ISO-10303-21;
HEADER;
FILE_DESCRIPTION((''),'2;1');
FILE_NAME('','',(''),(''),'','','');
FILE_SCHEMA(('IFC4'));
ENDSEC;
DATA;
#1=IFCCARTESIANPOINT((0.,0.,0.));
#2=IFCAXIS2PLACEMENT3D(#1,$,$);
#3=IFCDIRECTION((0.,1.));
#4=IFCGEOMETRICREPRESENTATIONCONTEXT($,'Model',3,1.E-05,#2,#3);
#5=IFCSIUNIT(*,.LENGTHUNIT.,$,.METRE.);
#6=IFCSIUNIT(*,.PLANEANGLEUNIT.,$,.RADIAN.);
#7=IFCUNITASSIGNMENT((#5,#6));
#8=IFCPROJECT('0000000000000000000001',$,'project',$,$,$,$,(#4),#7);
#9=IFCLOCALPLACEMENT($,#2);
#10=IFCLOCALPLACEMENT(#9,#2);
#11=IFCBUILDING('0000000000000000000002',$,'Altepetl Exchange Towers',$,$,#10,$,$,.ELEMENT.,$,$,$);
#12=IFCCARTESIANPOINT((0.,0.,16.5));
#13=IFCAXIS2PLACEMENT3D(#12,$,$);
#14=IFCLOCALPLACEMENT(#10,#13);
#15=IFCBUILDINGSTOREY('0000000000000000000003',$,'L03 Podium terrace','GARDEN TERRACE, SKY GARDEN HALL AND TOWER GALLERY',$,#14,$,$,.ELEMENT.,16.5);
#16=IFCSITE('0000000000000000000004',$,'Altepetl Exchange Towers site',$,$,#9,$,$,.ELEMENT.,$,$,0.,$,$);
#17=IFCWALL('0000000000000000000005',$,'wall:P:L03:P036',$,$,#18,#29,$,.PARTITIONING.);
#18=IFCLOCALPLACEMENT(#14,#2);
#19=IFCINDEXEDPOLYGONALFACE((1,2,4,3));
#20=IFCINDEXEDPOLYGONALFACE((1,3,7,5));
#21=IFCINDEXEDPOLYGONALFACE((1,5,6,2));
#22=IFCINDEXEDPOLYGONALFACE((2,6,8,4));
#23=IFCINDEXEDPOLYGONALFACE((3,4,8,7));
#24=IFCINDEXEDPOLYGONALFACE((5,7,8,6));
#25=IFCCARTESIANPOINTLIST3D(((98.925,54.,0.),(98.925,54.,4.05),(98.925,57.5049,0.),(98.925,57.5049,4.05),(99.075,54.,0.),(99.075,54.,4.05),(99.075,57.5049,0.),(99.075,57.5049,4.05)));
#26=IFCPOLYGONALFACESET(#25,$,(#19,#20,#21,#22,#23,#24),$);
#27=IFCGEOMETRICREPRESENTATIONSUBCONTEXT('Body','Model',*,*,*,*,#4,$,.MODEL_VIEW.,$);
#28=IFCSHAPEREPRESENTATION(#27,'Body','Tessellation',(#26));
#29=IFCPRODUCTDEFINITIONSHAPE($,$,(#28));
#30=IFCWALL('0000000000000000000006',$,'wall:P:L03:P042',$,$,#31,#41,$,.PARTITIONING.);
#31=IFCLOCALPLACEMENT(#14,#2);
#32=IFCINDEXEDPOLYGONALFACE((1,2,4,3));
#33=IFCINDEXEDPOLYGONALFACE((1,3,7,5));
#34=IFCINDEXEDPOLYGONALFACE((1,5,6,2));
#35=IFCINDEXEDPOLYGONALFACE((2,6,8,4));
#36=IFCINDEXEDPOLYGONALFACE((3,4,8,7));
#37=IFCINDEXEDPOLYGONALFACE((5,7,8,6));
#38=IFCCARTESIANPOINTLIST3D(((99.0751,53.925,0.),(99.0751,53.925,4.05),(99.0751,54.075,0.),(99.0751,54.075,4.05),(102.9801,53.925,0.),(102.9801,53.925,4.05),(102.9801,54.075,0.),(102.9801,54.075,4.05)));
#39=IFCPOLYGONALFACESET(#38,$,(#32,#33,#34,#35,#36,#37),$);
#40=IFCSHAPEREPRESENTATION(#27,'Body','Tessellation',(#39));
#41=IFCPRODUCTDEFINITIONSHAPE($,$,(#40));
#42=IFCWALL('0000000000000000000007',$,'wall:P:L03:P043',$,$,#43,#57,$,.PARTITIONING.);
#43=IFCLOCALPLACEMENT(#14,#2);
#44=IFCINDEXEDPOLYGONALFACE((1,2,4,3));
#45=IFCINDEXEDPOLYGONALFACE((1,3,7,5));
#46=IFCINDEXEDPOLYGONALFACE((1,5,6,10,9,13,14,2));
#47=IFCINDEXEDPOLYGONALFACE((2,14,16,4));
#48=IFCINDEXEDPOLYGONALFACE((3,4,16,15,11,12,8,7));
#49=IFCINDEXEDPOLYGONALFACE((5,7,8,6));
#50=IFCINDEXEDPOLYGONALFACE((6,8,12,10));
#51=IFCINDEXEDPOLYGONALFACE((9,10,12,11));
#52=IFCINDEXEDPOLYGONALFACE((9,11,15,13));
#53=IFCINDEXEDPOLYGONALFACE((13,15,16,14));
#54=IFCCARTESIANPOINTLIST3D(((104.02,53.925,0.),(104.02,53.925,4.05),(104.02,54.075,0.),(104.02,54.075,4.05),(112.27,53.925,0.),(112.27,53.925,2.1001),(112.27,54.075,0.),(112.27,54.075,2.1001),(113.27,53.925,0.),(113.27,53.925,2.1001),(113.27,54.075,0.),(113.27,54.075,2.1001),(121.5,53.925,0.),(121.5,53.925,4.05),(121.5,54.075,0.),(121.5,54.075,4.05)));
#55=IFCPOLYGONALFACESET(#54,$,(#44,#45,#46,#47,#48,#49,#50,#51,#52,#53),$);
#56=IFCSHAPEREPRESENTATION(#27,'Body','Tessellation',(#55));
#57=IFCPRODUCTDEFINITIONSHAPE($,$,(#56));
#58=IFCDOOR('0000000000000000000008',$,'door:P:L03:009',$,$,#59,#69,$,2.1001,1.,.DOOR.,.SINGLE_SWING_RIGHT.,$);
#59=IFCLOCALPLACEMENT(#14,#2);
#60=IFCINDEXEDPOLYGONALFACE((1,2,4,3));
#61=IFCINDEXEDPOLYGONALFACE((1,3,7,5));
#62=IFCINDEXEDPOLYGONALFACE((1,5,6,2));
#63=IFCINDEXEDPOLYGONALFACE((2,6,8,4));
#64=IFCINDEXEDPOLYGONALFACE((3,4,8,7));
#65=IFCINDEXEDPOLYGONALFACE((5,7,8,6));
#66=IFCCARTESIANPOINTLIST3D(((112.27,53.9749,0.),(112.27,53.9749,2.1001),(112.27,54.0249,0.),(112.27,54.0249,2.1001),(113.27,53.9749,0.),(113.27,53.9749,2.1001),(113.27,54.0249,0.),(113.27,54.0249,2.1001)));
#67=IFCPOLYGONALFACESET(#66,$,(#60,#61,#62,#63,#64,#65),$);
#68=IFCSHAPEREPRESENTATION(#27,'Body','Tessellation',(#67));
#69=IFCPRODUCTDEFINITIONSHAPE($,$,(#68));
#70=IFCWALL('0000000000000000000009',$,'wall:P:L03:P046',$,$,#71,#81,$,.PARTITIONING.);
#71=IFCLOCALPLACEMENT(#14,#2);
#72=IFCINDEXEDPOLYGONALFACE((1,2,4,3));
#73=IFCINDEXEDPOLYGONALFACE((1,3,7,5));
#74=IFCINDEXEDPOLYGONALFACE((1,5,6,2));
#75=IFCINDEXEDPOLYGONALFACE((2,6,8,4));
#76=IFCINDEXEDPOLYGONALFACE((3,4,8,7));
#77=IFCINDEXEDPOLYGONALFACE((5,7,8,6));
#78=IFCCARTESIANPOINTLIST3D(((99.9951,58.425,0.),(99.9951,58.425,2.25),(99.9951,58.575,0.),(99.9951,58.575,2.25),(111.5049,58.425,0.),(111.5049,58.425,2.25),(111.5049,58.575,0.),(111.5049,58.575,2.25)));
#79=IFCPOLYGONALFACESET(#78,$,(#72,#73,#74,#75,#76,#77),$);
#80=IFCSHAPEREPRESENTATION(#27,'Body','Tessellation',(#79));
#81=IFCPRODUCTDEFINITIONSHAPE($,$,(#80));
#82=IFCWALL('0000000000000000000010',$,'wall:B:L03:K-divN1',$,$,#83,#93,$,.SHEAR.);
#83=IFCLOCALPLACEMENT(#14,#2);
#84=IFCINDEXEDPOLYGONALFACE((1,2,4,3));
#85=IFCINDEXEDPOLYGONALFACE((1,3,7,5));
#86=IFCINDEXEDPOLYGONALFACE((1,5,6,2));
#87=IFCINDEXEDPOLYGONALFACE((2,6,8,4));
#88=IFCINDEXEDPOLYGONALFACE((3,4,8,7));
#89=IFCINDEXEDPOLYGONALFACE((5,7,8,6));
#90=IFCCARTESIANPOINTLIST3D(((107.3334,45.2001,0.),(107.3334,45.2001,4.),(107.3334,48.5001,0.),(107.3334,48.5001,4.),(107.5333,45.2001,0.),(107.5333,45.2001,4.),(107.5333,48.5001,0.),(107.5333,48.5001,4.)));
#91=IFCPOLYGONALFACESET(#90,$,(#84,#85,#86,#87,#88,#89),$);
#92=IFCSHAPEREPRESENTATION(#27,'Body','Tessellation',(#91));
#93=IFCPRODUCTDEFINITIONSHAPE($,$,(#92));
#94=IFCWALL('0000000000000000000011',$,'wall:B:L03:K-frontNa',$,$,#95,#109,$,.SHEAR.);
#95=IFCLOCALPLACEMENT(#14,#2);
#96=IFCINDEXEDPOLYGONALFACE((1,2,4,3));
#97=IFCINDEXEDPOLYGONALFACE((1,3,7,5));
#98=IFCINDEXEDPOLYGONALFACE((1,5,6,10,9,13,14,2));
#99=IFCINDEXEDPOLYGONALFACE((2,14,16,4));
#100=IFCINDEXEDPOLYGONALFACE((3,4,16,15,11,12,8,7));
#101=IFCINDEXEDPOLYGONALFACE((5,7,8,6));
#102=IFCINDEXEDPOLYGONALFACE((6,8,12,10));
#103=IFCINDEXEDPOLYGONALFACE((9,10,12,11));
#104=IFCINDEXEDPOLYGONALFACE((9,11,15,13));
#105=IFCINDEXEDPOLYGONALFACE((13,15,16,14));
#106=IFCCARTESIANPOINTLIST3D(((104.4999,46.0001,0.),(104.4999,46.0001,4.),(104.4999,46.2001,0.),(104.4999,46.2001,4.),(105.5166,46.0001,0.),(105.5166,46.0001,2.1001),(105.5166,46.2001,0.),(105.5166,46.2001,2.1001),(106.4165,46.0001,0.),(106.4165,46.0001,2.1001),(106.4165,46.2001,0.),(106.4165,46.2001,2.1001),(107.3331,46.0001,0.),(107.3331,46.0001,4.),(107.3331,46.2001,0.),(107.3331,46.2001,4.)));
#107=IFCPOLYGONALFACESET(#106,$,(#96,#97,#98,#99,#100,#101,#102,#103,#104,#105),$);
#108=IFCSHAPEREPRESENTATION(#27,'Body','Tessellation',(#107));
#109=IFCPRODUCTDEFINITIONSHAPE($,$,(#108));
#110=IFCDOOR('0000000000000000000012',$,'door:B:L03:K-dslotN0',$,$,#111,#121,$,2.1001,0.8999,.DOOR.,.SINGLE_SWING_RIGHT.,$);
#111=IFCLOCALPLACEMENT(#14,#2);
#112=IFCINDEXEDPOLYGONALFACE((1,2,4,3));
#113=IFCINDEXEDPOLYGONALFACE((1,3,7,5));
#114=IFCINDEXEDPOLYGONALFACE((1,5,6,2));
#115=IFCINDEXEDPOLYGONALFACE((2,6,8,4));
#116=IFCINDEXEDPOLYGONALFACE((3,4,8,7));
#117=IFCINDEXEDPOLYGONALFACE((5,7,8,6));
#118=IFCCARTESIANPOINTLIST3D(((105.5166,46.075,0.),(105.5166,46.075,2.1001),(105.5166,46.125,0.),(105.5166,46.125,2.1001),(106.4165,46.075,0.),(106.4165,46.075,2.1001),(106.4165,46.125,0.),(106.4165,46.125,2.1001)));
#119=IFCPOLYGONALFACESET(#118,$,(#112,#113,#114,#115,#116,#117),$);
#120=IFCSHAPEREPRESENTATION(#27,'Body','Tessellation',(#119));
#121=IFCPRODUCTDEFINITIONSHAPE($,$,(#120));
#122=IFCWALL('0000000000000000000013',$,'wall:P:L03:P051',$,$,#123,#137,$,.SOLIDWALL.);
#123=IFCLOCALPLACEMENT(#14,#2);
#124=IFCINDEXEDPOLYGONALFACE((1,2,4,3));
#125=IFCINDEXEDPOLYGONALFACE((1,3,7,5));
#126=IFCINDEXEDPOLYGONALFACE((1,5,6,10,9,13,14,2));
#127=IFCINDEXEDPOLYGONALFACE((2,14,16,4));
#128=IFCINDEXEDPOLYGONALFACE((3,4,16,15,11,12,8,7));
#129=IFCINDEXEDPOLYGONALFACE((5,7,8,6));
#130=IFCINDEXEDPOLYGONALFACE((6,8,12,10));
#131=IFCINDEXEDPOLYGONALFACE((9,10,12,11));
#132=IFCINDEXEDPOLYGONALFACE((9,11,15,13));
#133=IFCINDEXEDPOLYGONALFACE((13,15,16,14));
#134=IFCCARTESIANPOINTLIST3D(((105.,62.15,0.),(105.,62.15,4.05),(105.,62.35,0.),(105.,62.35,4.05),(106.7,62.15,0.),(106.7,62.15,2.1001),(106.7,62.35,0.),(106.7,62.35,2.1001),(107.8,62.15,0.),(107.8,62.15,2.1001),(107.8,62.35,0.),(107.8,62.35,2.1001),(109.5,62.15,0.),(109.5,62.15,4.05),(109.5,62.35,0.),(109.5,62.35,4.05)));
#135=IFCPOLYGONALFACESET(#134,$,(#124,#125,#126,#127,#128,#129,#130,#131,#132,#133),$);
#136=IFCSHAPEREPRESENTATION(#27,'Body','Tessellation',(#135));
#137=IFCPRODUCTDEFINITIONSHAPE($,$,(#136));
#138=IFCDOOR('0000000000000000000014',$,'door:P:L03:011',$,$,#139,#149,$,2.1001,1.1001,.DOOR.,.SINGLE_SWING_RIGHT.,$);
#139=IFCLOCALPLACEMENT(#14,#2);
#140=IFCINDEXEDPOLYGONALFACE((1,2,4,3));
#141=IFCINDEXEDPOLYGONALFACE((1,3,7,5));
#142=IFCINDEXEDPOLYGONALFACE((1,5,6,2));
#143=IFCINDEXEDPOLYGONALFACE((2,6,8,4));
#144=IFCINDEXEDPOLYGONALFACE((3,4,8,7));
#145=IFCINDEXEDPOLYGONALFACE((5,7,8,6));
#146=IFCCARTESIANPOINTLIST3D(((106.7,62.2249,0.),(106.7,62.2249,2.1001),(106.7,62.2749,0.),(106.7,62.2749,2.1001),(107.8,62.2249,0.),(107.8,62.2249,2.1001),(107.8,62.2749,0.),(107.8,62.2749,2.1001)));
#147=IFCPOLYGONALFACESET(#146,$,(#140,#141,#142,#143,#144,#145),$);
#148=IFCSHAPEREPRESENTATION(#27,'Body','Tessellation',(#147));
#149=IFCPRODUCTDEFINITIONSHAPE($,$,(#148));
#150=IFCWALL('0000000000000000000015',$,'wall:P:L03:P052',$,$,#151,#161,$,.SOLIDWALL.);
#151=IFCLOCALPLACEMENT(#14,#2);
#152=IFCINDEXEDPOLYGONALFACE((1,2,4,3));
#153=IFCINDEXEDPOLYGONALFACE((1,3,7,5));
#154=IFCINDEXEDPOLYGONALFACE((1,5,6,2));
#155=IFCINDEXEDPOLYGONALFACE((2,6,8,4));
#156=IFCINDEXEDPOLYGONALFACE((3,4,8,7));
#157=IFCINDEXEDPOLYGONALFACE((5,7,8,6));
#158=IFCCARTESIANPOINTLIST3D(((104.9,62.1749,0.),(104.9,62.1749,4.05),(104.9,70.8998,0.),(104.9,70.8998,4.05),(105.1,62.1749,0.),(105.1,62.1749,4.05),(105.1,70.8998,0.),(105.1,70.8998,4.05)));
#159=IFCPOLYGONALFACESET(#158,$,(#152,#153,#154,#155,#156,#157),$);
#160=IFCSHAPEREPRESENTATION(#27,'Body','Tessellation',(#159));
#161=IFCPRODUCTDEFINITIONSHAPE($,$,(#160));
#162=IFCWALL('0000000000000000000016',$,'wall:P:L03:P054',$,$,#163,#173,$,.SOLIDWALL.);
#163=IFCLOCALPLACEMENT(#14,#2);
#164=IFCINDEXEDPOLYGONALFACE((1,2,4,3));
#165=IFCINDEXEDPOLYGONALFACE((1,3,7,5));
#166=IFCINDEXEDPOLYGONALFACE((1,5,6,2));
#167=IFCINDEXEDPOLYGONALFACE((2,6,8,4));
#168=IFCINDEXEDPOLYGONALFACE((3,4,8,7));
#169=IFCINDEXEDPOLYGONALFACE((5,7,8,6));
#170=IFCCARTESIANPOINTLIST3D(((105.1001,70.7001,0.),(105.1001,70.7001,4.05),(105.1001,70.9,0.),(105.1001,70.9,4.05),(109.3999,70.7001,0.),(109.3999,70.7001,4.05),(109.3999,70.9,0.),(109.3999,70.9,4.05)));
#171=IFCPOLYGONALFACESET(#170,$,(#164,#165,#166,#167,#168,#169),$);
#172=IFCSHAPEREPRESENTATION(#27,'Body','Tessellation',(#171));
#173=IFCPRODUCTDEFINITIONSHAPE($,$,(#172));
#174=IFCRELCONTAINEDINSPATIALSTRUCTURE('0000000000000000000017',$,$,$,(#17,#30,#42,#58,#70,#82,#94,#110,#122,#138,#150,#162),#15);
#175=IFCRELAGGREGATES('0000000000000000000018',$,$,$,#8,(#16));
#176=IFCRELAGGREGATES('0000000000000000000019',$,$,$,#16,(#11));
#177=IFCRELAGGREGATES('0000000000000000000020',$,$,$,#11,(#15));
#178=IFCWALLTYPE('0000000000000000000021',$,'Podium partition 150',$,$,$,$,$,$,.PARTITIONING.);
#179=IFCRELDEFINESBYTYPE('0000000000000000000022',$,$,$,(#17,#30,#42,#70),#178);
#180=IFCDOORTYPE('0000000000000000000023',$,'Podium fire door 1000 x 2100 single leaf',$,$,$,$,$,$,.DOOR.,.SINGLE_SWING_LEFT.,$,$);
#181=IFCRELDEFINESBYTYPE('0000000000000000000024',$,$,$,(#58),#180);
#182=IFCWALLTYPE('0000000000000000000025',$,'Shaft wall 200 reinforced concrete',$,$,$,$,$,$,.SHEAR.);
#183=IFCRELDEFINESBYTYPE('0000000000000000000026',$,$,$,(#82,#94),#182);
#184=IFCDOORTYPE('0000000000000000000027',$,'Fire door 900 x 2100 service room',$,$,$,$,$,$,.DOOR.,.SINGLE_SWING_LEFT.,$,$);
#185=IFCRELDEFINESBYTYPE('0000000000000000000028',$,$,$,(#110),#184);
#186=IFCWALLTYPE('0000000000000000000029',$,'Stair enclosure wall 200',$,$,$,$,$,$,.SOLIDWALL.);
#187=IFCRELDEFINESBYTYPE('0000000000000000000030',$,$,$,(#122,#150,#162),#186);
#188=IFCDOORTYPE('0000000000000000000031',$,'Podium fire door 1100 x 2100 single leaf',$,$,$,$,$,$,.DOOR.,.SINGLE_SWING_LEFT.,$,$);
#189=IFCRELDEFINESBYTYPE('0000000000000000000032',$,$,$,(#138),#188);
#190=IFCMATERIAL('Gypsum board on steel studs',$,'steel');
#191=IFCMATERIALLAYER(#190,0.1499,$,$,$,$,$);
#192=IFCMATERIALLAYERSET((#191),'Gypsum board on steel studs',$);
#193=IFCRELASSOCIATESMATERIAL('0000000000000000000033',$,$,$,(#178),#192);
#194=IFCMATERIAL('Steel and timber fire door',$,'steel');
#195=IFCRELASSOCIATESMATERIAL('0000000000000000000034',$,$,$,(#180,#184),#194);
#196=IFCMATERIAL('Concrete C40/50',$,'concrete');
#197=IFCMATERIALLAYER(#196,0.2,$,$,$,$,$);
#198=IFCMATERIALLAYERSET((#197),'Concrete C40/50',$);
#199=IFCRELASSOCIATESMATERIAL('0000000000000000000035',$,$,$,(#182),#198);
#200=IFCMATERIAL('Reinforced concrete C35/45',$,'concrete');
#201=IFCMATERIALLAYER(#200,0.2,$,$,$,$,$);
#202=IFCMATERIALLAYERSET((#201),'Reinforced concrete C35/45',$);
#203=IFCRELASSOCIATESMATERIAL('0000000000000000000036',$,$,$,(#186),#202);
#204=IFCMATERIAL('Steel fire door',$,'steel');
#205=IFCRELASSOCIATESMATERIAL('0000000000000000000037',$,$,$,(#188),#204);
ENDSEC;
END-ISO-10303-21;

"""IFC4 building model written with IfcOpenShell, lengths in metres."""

from ifc_helpers import new_model, si_unit, direction, frame, frame_2d, origin, place, context, subcontext, project, spatial, rectangle, extrude, material, layer, layer_set, type_object, element, fill, save


model = new_model("IFC4")

# Units and contexts
model_context = context("Model", 3, precision=1e-05, world=origin(), true_north=direction((0.0, 1.0)))
body_context = subcontext(model_context, "Body", "Model", "MODEL_VIEW")
ifc_project = project(units=[si_unit("LENGTHUNIT", "METRE"), si_unit("PLANEANGLEUNIT", "RADIAN")], contexts=[model_context])

# Site, building, storey
site_placement = place(None, origin())
site = spatial("IfcSite", under=ifc_project, at=site_placement, Name="Altepetl Exchange Towers site", CompositionType="ELEMENT", RefElevation=0.0)
building_placement = place(site_placement, origin())
building = spatial("IfcBuilding", under=site, at=building_placement, Name="Altepetl Exchange Towers", CompositionType="ELEMENT")
storey_placement = place(building_placement, frame((0.0, 0.0, 16.5)))
storey = spatial("IfcBuildingStorey", under=building, at=storey_placement, Name="L03 Podium terrace", Description="GARDEN TERRACE, SKY GARDEN HALL AND TOWER GALLERY", CompositionType="ELEMENT", Elevation=16.5)

# Shared definitions
ifc_material_1 = material(Name="Reinforced concrete C35/45", Category="concrete")

# Walls
ifc_material_2 = material(Name="Gypsum board on steel studs", Category="steel")
ifc_layer_1 = layer(ifc_material_2, 0.1499)
ifc_layer_set_1 = layer_set([ifc_layer_1], Name="Gypsum board on steel studs")
wall_type_1 = type_object("IfcWallType", Name="Podium partition 150", PredefinedType="PARTITIONING", material=ifc_layer_set_1)
wall_1_placement = place(storey_placement, frame((99.0, 54.0, 0.0), z_axis=(0.0, 0.0, 1.0), x_axis=(0.0, 1.0, 0.0)))
element("IfcWall", 1, at=wall_1_placement, inside=storey, type_object=wall_type_1, Name="wall:P:L03:P036", PredefinedType="PARTITIONING", context=body_context, shape_type="SweptSolid", body=[
    extrude(rectangle(XDim=3.5049, YDim=0.1499, at=frame_2d((1.7524, 0.0))), origin(), (0.0, 0.0, 1.0), 4.05),
])
wall_2_placement = place(storey_placement, frame((99.075, 54.0, 0.0)))
element("IfcWall", 2, at=wall_2_placement, inside=storey, type_object=wall_type_1, Name="wall:P:L03:P042", PredefinedType="PARTITIONING", context=body_context, shape_type="SweptSolid", body=[
    extrude(rectangle(XDim=3.905, YDim=0.1499, at=frame_2d((1.9526, 0.0))), origin(), (0.0, 0.0, 1.0), 4.05),
])

# Wall, opening, door
wall_3_placement = place(storey_placement, frame((104.02, 54.0, 0.0)))
wall_3 = element("IfcWall", 3, at=wall_3_placement, inside=storey, type_object=wall_type_1, Name="wall:P:L03:P043", PredefinedType="PARTITIONING", context=body_context, shape_type="SweptSolid", body=[
    extrude(rectangle(XDim=17.48, YDim=0.1499, at=frame_2d((8.74, 0.0))), origin(), (0.0, 0.0, 1.0), 4.05),
])
opening_1_placement = place(wall_3_placement, frame((8.25, 0.0, 0.0)))
opening_1 = element("IfcOpeningElement", 4, at=opening_1_placement, cuts=wall_3, PredefinedType="OPENING", context=body_context, shape_type="SweptSolid", body=[
    extrude(rectangle(XDim=1.0, YDim=2.1001, at=frame_2d((0.5, 1.05))), frame((0.0, 0.085, 0.0), z_axis=(0.0, -1.0, 0.0), x_axis=(1.0, 0.0, 0.0)), (0.0, 0.0, 1.0), 0.1699),
])
ifc_material_3 = material(Name="Steel and timber fire door", Category="steel")
door_type_1 = type_object("IfcDoorType", Name="Podium fire door 1000 x 2100 single leaf", OperationType="SINGLE_SWING_LEFT", PredefinedType="DOOR", material=ifc_material_3)
door_1_placement = place(opening_1_placement, origin())
door_1 = element("IfcDoor", 5, at=door_1_placement, inside=storey, type_object=door_type_1, Name="door:P:L03:009", OperationType="SINGLE_SWING_RIGHT", OverallHeight=2.1001, OverallWidth=1.0, PredefinedType="DOOR", context=body_context, shape_type="SweptSolid", body=[
    extrude(rectangle(XDim=1.0, YDim=2.1001, at=frame_2d((0.5, 1.05))), frame((0.0, 0.0249, 0.0), z_axis=(0.0, -1.0, 0.0), x_axis=(1.0, 0.0, 0.0)), (0.0, 0.0, 1.0), 0.05),
])
fill(opening_1, door_1)

# Walls
wall_4_placement = place(storey_placement, frame((99.9951, 58.5, 0.0)))
element("IfcWall", 6, at=wall_4_placement, inside=storey, type_object=wall_type_1, Name="wall:P:L03:P046", PredefinedType="PARTITIONING", context=body_context, shape_type="SweptSolid", body=[
    extrude(rectangle(XDim=11.5098, YDim=0.1499, at=frame_2d((5.7549, 0.0))), origin(), (0.0, 0.0, 1.0), 2.25),
])
ifc_material_4 = material(Name="Concrete C40/50", Category="concrete")
ifc_layer_2 = layer(ifc_material_4, 0.2)
ifc_layer_set_2 = layer_set([ifc_layer_2], Name="Concrete C40/50")
wall_type_2 = type_object("IfcWallType", Name="Shaft wall 200 reinforced concrete", PredefinedType="SHEAR", material=ifc_layer_set_2)
wall_5_placement = place(storey_placement, frame((107.4333, 48.5, 0.0), z_axis=(0.0, 0.0, 1.0), x_axis=(0.0, -1.0, 0.0)))
element("IfcWall", 7, at=wall_5_placement, inside=storey, type_object=wall_type_2, Name="wall:B:L03:K-divN1", PredefinedType="SHEAR", context=body_context, shape_type="SweptSolid", body=[
    extrude(rectangle(XDim=3.3, YDim=0.2, at=frame_2d((1.6499, 0.0))), origin(), (0.0, 0.0, 1.0), 4.0),
])

# Walls, openings, doors
wall_6_placement = place(storey_placement, frame((104.5, 46.1001, 0.0)))
wall_6 = element("IfcWall", 8, at=wall_6_placement, inside=storey, type_object=wall_type_2, Name="wall:B:L03:K-frontNa", PredefinedType="SHEAR", context=body_context, shape_type="SweptSolid", body=[
    extrude(rectangle(XDim=2.8333, YDim=0.2, at=frame_2d((1.4165, 0.0))), origin(), (0.0, 0.0, 1.0), 4.0),
])
opening_2_placement = place(wall_6_placement, frame((1.0166, 0.0, 0.0)))
opening_2 = element("IfcOpeningElement", 9, at=opening_2_placement, cuts=wall_6, PredefinedType="OPENING", context=body_context, shape_type="SweptSolid", body=[
    extrude(rectangle(XDim=0.8999, YDim=2.1001, at=frame_2d((0.45, 1.05))), frame((0.0, 0.1099, 0.0), z_axis=(0.0, -1.0, 0.0), x_axis=(1.0, 0.0, 0.0)), (0.0, 0.0, 1.0), 0.22),
])
door_type_2 = type_object("IfcDoorType", Name="Fire door 900 x 2100 service room", OperationType="SINGLE_SWING_LEFT", PredefinedType="DOOR", material=ifc_material_3)
door_2_placement = place(opening_2_placement, origin())
door_2 = element("IfcDoor", 10, at=door_2_placement, inside=storey, type_object=door_type_2, Name="door:B:L03:K-dslotN0", OperationType="SINGLE_SWING_RIGHT", OverallHeight=2.1001, OverallWidth=0.8999, PredefinedType="DOOR", context=body_context, shape_type="SweptSolid", body=[
    extrude(rectangle(XDim=0.8999, YDim=2.1001, at=frame_2d((0.45, 1.05))), frame((0.0, 0.0249, 0.0), z_axis=(0.0, -1.0, 0.0), x_axis=(1.0, 0.0, 0.0)), (0.0, 0.0, 1.0), 0.05),
])
fill(opening_2, door_2)
ifc_layer_3 = layer(ifc_material_1, 0.2)
ifc_layer_set_3 = layer_set([ifc_layer_3], Name="Reinforced concrete C35/45")
wall_type_3 = type_object("IfcWallType", Name="Stair enclosure wall 200", PredefinedType="SOLIDWALL", material=ifc_layer_set_3)
wall_7_placement = place(storey_placement, frame((105.0, 62.25, 0.0)))
wall_7 = element("IfcWall", 11, at=wall_7_placement, inside=storey, type_object=wall_type_3, Name="wall:P:L03:P051", PredefinedType="SOLIDWALL", context=body_context, shape_type="SweptSolid", body=[
    extrude(rectangle(XDim=4.5, YDim=0.2, at=frame_2d((2.25, 0.0))), origin(), (0.0, 0.0, 1.0), 4.05),
])
opening_3_placement = place(wall_7_placement, frame((1.7, 0.0, 0.0)))
opening_3 = element("IfcOpeningElement", 12, at=opening_3_placement, cuts=wall_7, PredefinedType="OPENING", context=body_context, shape_type="SweptSolid", body=[
    extrude(rectangle(XDim=1.1001, YDim=2.1001, at=frame_2d((0.55, 1.05))), frame((0.0, 0.1099, 0.0), z_axis=(0.0, -1.0, 0.0), x_axis=(1.0, 0.0, 0.0)), (0.0, 0.0, 1.0), 0.22),
])
ifc_material_5 = material(Name="Steel fire door", Category="steel")
door_type_3 = type_object("IfcDoorType", Name="Podium fire door 1100 x 2100 single leaf", OperationType="SINGLE_SWING_LEFT", PredefinedType="DOOR", material=ifc_material_5)
door_3_placement = place(opening_3_placement, origin())
door_3 = element("IfcDoor", 13, at=door_3_placement, inside=storey, type_object=door_type_3, Name="door:P:L03:011", OperationType="SINGLE_SWING_RIGHT", OverallHeight=2.1001, OverallWidth=1.1001, PredefinedType="DOOR", context=body_context, shape_type="SweptSolid", body=[
    extrude(rectangle(XDim=1.1001, YDim=2.1001, at=frame_2d((0.55, 1.05))), frame((0.0, 0.0249, 0.0), z_axis=(0.0, -1.0, 0.0), x_axis=(1.0, 0.0, 0.0)), (0.0, 0.0, 1.0), 0.05),
])
fill(opening_3, door_3)

# Walls
wall_8_placement = place(storey_placement, frame((105.0, 62.175, 0.0), z_axis=(0.0, 0.0, 1.0), x_axis=(0.0, 1.0, 0.0)))
element("IfcWall", 14, at=wall_8_placement, inside=storey, type_object=wall_type_3, Name="wall:P:L03:P052", PredefinedType="SOLIDWALL", context=body_context, shape_type="SweptSolid", body=[
    extrude(rectangle(XDim=8.7249, YDim=0.2, at=frame_2d((4.3623, 0.0))), origin(), (0.0, 0.0, 1.0), 4.05),
])
wall_9_placement = place(storey_placement, frame((105.1001, 70.8, 0.0)))
element("IfcWall", 15, at=wall_9_placement, inside=storey, type_object=wall_type_3, Name="wall:P:L03:P054", PredefinedType="SOLIDWALL", context=body_context, shape_type="SweptSolid", body=[
    extrude(rectangle(XDim=4.2998, YDim=0.2, at=frame_2d((2.1499, 0.0))), origin(), (0.0, 0.0, 1.0), 4.05),
])

save(model, "model.ifc")
